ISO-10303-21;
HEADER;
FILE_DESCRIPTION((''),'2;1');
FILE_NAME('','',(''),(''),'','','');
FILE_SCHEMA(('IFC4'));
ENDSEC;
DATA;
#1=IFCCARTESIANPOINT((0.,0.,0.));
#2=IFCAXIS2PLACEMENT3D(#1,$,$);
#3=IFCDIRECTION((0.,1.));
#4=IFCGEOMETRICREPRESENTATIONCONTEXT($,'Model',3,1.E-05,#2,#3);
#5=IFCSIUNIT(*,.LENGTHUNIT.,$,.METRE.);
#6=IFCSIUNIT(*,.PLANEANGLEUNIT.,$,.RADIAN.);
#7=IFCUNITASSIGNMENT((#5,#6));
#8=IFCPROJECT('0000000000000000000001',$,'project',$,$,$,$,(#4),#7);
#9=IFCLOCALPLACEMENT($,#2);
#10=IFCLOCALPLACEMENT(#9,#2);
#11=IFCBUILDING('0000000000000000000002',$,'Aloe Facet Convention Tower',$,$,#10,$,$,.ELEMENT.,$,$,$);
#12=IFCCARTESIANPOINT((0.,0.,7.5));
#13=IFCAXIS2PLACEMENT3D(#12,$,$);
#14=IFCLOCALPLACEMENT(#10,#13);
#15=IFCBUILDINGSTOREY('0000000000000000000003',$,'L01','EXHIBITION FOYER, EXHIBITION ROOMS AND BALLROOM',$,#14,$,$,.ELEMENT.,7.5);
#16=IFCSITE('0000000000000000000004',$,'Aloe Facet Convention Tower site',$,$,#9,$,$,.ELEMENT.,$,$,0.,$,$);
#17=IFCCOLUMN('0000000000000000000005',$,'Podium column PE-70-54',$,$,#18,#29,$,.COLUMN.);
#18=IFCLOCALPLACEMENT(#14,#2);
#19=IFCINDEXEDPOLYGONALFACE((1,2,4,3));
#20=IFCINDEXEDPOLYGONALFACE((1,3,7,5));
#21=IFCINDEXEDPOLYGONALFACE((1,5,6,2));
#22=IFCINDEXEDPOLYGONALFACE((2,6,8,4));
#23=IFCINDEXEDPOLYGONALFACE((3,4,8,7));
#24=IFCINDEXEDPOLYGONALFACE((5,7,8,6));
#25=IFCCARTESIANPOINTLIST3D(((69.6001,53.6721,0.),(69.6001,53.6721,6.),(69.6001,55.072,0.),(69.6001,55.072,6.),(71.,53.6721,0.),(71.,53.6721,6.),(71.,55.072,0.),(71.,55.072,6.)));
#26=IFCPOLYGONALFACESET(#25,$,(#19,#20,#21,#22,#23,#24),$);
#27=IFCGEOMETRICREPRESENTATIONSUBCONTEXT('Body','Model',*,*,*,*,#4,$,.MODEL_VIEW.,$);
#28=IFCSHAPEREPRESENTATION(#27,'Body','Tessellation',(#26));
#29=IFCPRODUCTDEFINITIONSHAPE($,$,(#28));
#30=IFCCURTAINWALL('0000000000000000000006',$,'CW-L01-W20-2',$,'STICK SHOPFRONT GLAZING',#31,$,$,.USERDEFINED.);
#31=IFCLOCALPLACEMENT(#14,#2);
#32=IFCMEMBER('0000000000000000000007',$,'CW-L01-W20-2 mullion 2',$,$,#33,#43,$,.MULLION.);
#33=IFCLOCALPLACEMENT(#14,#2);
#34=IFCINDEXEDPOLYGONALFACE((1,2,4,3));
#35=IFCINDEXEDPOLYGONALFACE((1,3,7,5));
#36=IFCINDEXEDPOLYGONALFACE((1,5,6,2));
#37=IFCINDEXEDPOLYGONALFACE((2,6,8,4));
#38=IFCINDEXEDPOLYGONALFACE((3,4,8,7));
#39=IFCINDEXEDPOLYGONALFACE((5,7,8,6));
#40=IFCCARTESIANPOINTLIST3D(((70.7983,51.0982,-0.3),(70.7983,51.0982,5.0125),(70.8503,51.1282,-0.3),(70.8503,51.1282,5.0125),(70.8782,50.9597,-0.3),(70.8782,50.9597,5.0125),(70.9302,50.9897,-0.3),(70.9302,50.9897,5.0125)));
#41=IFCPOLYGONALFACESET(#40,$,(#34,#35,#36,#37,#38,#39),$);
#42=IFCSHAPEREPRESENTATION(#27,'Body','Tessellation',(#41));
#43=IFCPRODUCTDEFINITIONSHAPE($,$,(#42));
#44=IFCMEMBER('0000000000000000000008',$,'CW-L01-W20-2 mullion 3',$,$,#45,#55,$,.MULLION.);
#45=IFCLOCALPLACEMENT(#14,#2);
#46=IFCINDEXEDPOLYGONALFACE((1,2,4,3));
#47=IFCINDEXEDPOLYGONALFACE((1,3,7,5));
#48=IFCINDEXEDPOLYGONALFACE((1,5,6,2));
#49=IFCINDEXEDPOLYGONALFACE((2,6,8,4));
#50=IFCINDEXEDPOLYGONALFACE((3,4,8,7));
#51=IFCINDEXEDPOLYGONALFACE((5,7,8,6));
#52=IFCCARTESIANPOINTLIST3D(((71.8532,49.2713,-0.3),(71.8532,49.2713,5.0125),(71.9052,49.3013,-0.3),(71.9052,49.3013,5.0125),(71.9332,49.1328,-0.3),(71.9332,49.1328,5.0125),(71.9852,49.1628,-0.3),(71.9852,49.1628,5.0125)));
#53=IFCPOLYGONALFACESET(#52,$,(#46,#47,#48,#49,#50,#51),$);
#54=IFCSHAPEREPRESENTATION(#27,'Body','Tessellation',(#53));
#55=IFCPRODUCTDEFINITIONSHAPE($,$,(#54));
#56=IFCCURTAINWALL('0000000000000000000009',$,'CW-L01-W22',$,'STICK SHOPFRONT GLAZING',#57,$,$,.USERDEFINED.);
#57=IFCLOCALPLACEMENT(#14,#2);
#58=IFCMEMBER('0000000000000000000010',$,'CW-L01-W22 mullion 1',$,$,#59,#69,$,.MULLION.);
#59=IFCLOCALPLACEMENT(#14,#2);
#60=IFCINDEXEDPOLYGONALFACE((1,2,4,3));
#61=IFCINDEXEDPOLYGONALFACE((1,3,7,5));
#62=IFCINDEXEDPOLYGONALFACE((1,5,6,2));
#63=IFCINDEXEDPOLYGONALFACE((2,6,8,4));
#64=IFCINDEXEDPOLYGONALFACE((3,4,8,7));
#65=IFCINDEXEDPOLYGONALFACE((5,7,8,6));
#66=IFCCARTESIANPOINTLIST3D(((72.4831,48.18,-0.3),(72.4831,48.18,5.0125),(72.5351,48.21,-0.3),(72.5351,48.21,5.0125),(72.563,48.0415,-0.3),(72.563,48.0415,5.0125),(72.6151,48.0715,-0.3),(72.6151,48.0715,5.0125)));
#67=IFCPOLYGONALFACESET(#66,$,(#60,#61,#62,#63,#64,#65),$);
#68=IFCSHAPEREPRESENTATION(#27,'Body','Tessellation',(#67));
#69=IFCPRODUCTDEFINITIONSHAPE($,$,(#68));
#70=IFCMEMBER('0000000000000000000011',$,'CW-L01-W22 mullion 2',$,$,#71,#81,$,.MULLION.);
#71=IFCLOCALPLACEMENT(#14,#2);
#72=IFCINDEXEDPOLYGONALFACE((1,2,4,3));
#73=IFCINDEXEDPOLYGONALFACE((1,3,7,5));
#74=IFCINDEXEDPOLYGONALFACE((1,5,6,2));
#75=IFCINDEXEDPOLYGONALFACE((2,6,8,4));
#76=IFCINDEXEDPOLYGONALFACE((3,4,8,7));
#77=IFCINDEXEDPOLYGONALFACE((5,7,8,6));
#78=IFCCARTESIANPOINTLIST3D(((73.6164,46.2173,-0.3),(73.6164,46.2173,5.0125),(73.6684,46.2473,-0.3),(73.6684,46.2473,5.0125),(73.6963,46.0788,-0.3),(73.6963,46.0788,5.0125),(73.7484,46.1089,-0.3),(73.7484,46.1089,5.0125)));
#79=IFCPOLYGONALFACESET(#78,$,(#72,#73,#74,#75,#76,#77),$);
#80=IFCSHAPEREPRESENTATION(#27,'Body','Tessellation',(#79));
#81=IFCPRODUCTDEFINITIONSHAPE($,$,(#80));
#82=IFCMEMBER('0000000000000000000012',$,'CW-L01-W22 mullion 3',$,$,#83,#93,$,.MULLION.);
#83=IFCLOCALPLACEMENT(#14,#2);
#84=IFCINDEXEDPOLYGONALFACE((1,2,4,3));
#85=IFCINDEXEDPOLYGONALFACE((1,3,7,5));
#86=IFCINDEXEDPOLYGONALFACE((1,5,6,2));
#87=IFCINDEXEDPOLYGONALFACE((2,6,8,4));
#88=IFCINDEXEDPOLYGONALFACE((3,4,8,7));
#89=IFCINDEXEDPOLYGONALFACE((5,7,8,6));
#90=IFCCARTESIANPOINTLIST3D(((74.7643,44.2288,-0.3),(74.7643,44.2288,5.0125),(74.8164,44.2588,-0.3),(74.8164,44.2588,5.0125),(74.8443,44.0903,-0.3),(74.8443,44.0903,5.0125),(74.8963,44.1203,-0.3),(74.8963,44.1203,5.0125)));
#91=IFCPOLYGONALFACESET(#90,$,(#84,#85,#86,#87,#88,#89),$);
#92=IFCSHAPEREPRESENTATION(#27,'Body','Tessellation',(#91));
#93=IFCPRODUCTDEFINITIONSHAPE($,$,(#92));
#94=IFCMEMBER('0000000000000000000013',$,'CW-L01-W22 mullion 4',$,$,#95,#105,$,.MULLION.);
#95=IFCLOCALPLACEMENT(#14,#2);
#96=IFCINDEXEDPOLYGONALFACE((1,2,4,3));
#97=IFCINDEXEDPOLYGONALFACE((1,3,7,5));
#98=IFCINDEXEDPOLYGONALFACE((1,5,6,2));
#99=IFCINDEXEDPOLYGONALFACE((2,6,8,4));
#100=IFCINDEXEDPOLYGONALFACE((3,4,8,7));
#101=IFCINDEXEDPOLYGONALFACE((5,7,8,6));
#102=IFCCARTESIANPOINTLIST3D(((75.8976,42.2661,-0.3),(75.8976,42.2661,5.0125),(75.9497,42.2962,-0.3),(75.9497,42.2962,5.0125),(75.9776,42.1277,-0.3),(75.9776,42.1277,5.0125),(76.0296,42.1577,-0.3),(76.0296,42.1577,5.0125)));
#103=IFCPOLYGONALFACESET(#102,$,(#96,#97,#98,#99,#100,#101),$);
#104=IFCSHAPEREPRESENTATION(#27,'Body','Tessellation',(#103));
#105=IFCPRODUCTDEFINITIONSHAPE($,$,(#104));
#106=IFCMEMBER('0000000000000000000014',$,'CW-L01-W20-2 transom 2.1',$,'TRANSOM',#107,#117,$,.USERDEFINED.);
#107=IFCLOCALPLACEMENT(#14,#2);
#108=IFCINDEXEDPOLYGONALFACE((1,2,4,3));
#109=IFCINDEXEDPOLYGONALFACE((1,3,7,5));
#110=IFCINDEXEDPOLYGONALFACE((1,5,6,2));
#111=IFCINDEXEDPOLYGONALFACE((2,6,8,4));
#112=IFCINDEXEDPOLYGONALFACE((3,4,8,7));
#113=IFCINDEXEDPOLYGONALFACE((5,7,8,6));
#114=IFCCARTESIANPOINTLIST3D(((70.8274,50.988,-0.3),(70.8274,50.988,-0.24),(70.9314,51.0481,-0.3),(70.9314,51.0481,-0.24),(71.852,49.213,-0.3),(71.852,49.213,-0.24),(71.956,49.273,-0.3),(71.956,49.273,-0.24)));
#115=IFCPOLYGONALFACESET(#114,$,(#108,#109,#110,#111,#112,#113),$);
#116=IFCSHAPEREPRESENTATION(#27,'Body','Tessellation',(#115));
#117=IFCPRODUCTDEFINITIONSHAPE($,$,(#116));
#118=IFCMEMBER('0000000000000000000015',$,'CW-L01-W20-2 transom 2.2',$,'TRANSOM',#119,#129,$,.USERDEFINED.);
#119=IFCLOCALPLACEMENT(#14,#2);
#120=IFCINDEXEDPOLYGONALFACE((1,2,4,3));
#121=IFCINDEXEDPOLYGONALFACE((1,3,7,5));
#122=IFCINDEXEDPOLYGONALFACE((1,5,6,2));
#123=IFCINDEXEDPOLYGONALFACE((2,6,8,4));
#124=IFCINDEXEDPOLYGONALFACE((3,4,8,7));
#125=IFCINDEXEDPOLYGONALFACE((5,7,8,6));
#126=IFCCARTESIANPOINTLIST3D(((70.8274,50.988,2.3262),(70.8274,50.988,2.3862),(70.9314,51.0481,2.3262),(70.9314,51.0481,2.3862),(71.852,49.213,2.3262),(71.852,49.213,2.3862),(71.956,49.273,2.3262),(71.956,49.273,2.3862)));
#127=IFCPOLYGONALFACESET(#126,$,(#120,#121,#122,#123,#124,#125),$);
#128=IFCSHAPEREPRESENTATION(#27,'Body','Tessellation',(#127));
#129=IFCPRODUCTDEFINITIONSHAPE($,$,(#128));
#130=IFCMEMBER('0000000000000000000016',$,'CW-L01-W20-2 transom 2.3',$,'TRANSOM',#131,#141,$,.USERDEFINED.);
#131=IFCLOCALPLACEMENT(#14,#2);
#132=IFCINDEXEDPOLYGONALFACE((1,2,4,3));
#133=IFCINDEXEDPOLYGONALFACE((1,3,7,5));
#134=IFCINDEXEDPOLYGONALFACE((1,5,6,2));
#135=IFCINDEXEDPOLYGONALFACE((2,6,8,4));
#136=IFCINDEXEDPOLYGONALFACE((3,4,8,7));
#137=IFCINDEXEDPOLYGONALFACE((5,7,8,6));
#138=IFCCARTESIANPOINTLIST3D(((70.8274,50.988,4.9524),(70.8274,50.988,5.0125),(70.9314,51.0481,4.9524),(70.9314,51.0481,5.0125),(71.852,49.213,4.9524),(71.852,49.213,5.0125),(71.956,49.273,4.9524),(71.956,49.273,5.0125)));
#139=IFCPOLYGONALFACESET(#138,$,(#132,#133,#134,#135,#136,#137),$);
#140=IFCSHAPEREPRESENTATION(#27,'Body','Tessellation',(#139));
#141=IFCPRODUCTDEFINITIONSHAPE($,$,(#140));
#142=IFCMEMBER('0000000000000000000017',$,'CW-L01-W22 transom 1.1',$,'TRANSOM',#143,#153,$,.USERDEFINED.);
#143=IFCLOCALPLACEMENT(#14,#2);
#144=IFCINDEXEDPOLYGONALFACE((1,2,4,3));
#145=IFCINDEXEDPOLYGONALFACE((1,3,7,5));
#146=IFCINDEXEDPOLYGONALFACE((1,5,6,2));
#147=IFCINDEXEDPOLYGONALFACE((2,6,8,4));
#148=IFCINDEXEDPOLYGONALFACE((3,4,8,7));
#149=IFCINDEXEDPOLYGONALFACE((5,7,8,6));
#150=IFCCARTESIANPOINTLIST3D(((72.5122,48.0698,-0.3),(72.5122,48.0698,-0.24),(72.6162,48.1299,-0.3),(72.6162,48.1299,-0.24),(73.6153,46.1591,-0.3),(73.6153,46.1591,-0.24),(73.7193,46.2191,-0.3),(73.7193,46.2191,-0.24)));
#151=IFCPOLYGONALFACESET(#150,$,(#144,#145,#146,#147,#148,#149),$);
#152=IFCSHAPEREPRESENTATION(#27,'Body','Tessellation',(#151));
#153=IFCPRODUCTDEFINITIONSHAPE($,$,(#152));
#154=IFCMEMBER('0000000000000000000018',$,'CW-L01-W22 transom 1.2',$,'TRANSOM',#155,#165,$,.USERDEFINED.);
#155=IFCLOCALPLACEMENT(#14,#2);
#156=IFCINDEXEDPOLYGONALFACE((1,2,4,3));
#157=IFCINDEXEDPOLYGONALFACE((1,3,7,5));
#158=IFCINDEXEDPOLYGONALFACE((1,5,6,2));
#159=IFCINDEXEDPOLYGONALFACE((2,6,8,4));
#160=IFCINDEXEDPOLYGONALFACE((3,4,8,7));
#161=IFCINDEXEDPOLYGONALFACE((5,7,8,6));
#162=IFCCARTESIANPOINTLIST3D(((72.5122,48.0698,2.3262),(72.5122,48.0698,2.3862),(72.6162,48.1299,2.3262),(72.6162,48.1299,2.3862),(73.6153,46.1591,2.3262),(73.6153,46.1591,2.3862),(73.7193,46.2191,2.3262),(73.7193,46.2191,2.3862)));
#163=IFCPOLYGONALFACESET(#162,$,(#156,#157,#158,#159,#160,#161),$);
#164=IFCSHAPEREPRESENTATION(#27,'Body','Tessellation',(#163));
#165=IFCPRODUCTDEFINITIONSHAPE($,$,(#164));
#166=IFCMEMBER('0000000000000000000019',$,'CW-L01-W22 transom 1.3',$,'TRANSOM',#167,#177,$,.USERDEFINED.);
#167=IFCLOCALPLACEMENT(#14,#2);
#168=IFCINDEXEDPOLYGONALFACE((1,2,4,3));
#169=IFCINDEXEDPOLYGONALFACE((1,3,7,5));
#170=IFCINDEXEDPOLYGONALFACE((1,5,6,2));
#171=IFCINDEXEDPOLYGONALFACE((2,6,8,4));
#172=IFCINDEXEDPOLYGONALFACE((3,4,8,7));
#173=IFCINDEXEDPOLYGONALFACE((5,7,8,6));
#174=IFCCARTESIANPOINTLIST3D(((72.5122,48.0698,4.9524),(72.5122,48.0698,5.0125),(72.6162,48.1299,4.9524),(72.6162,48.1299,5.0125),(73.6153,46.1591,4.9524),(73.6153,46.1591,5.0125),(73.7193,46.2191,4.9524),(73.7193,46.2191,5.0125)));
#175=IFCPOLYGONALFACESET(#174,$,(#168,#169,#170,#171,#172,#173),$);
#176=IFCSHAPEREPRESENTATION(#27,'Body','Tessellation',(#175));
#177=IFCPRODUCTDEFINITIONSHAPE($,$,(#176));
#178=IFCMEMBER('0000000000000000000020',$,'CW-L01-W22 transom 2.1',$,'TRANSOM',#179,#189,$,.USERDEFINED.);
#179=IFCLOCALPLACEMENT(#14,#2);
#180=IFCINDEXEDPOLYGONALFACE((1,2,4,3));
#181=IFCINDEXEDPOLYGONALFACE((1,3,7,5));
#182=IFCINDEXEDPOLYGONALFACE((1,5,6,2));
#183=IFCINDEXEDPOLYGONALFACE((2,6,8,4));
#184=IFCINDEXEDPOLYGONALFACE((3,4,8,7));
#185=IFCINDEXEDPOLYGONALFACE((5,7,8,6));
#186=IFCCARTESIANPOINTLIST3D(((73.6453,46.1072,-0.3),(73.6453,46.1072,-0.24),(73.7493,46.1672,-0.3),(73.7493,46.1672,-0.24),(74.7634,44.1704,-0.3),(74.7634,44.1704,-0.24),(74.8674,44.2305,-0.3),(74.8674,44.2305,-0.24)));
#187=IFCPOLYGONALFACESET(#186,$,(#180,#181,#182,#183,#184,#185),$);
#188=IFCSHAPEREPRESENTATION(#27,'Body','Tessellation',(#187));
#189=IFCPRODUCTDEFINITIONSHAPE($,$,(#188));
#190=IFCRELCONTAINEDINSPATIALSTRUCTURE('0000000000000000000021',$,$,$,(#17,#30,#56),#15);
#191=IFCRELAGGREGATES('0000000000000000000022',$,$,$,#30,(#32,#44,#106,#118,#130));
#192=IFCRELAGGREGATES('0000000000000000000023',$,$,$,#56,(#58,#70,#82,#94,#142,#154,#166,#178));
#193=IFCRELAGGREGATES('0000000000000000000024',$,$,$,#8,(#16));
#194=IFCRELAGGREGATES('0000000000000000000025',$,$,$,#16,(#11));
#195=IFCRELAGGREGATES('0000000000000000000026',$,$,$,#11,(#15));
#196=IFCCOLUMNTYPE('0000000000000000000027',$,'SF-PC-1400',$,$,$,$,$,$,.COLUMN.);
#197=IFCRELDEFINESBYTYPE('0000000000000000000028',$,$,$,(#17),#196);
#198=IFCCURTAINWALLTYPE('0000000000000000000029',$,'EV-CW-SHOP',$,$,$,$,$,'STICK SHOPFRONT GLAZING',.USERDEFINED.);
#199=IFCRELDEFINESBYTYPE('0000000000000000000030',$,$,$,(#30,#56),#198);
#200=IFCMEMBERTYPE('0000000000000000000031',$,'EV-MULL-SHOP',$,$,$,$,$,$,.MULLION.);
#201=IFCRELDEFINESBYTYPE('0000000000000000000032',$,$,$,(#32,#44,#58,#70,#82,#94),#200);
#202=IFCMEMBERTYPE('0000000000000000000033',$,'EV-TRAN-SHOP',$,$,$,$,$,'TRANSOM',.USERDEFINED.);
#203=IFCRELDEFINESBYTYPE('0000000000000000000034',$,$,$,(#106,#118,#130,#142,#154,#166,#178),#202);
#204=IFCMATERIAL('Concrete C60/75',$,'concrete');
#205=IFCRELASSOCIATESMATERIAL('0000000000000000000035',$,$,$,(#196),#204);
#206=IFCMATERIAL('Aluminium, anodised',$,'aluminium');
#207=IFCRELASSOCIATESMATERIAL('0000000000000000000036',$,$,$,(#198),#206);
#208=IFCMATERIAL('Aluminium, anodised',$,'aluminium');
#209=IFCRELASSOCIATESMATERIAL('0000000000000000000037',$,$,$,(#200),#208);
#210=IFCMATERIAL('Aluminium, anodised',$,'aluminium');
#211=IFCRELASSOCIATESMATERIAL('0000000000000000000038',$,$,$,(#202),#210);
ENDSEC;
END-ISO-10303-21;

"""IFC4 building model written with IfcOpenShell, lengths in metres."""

from ifc_helpers import new_model, si_unit, direction, frame, origin, origin_2d, place, context, subcontext, project, spatial, rectangle, extrude, material, material_profile, profile_set, type_object, element, aggregate, save


model = new_model("IFC4")

# Units and contexts
model_context = context("Model", 3, precision=1e-05, world=origin(), true_north=direction((0.0, 1.0)))
body_context = subcontext(model_context, "Body", "Model", "MODEL_VIEW")
ifc_project = project(units=[si_unit("LENGTHUNIT", "METRE"), si_unit("PLANEANGLEUNIT", "RADIAN")], contexts=[model_context])

# Site, building, storey
site_placement = place(None, origin())
site = spatial("IfcSite", under=ifc_project, at=site_placement, Name="Aloe Facet Convention Tower site", CompositionType="ELEMENT", RefElevation=0.0)
building_placement = place(site_placement, origin())
building = spatial("IfcBuilding", under=site, at=building_placement, Name="Aloe Facet Convention Tower", CompositionType="ELEMENT")
storey_placement = place(building_placement, frame((0.0, 0.0, 7.5)))
storey = spatial("IfcBuildingStorey", under=building, at=storey_placement, Name="L01", Description="EXHIBITION FOYER, EXHIBITION ROOMS AND BALLROOM", CompositionType="ELEMENT", Elevation=7.5)

# Column
ifc_material_1 = material(Name="Concrete C60/75", Category="concrete")
ifc_material_profile_1 = material_profile(ifc_material_1, rectangle(XDim=1.3999, YDim=1.3999, at=origin_2d()), Name="SF-PC-1400")
ifc_profile_set_1 = profile_set([ifc_material_profile_1], Name="Concrete C60/75")
column_type = type_object("IfcColumnType", Name="SF-PC-1400", PredefinedType="COLUMN", material=ifc_profile_set_1)
column_placement = place(storey_placement, frame((70.3, 54.3721, 0.0), z_axis=(0.0, 0.0, 1.0), x_axis=(1.0, 0.0, 0.0)))
element("IfcColumn", 1, at=column_placement, inside=storey, type_object=column_type, Name="Podium column PE-70-54", PredefinedType="COLUMN", context=body_context, shape_type="SweptSolid", body=[
    extrude(rectangle(XDim=1.3999, YDim=1.3999, at=origin_2d()), origin(), (0.0, 0.0, 1.0), 6.0),
])

# Curtain walls, members
ifc_material_2 = material(Name="Aluminium, anodised", Category="aluminium")
curtain_wall_type = type_object("IfcCurtainWallType", Name="EV-CW-SHOP", ElementType="STICK SHOPFRONT GLAZING", PredefinedType="USERDEFINED", material=ifc_material_2)
curtain_wall_1_placement = place(storey_placement, origin())
curtain_wall_1 = element("IfcCurtainWall", 2, at=curtain_wall_1_placement, inside=storey, type_object=curtain_wall_type, Name="CW-L01-W20-2", ObjectType="STICK SHOPFRONT GLAZING", PredefinedType="USERDEFINED")
ifc_material_3 = material(Name="Aluminium, anodised", Category="aluminium")
ifc_material_profile_2 = material_profile(ifc_material_3, rectangle(XDim=0.0601, YDim=0.1599, at=origin_2d()), Name="AL 60x160")
ifc_profile_set_2 = profile_set([ifc_material_profile_2], Name="Aluminium, anodised")
member_type_1 = type_object("IfcMemberType", Name="EV-MULL-SHOP", PredefinedType="MULLION", material=ifc_profile_set_2)
member_1_placement = place(storey_placement, frame((70.8643, 51.0439, -0.3), z_axis=(0.0, 0.0, 1.0), x_axis=(0.866025, 0.5, 0.0)))
member_1 = element("IfcMember", 3, at=member_1_placement, type_object=member_type_1, Name="CW-L01-W20-2 mullion 2", PredefinedType="MULLION", context=body_context, shape_type="SweptSolid", body=[
    extrude(rectangle(XDim=0.0601, YDim=0.1599, at=origin_2d()), origin(), (0.0, 0.0, 1.0), 5.3125),
])
member_2_placement = place(storey_placement, frame((71.9192, 49.217, -0.3), z_axis=(0.0, 0.0, 1.0), x_axis=(0.866025, 0.5, 0.0)))
member_2 = element("IfcMember", 4, at=member_2_placement, type_object=member_type_1, Name="CW-L01-W20-2 mullion 3", PredefinedType="MULLION", context=body_context, shape_type="SweptSolid", body=[
    extrude(rectangle(XDim=0.0601, YDim=0.1599, at=origin_2d()), origin(), (0.0, 0.0, 1.0), 5.3125),
])
curtain_wall_2_placement = place(storey_placement, origin())
curtain_wall_2 = element("IfcCurtainWall", 5, at=curtain_wall_2_placement, inside=storey, type_object=curtain_wall_type, Name="CW-L01-W22", ObjectType="STICK SHOPFRONT GLAZING", PredefinedType="USERDEFINED")
member_3_placement = place(storey_placement, frame((72.5491, 48.1257, -0.3), z_axis=(0.0, 0.0, 1.0), x_axis=(0.866025, 0.5, 0.0)))
member_3 = element("IfcMember", 6, at=member_3_placement, type_object=member_type_1, Name="CW-L01-W22 mullion 1", PredefinedType="MULLION", context=body_context, shape_type="SweptSolid", body=[
    extrude(rectangle(XDim=0.0601, YDim=0.1599, at=origin_2d()), origin(), (0.0, 0.0, 1.0), 5.3125),
])
member_4_placement = place(storey_placement, frame((73.6824, 46.1631, -0.3), z_axis=(0.0, 0.0, 1.0), x_axis=(0.866025, 0.5, 0.0)))
member_4 = element("IfcMember", 7, at=member_4_placement, type_object=member_type_1, Name="CW-L01-W22 mullion 2", PredefinedType="MULLION", context=body_context, shape_type="SweptSolid", body=[
    extrude(rectangle(XDim=0.0601, YDim=0.1599, at=origin_2d()), origin(), (0.0, 0.0, 1.0), 5.3125),
])
member_5_placement = place(storey_placement, frame((74.8303, 44.1746, -0.3), z_axis=(0.0, 0.0, 1.0), x_axis=(0.866025, 0.5, 0.0)))
member_5 = element("IfcMember", 8, at=member_5_placement, type_object=member_type_1, Name="CW-L01-W22 mullion 3", PredefinedType="MULLION", context=body_context, shape_type="SweptSolid", body=[
    extrude(rectangle(XDim=0.0601, YDim=0.1599, at=origin_2d()), origin(), (0.0, 0.0, 1.0), 5.3125),
])
member_6_placement = place(storey_placement, frame((75.9636, 42.2119, -0.3), z_axis=(0.0, 0.0, 1.0), x_axis=(0.866025, 0.5, 0.0)))
member_6 = element("IfcMember", 9, at=member_6_placement, type_object=member_type_1, Name="CW-L01-W22 mullion 4", PredefinedType="MULLION", context=body_context, shape_type="SweptSolid", body=[
    extrude(rectangle(XDim=0.0601, YDim=0.1599, at=origin_2d()), origin(), (0.0, 0.0, 1.0), 5.3125),
])

# Members
ifc_material_4 = material(Name="Aluminium, anodised", Category="aluminium")
ifc_material_profile_3 = material_profile(ifc_material_4, rectangle(XDim=0.1201, YDim=0.0601, at=origin_2d()), Name="AL 120x60")
ifc_profile_set_3 = profile_set([ifc_material_profile_3], Name="Aluminium, anodised")
member_type_2 = type_object("IfcMemberType", Name="EV-TRAN-SHOP", ElementType="TRANSOM", PredefinedType="USERDEFINED", material=ifc_profile_set_3)
member_7_placement = place(storey_placement, frame((70.8794, 51.0181, -0.27), z_axis=(0.499918, -0.866073, 0.0), x_axis=(0.866073, 0.499918, 0.0)))
member_7 = element("IfcMember", 10, at=member_7_placement, type_object=member_type_2, Name="CW-L01-W20-2 transom 2.1", ObjectType="TRANSOM", PredefinedType="USERDEFINED", context=body_context, shape_type="SweptSolid", body=[
    extrude(rectangle(XDim=0.1201, YDim=0.0601, at=origin_2d()), origin(), (0.0, 0.0, 1.0), 2.0496),
])
member_8_placement = place(storey_placement, frame((70.8794, 51.0181, 2.3562), z_axis=(0.499918, -0.866073, 0.0), x_axis=(0.866073, 0.499918, 0.0)))
member_8 = element("IfcMember", 11, at=member_8_placement, type_object=member_type_2, Name="CW-L01-W20-2 transom 2.2", ObjectType="TRANSOM", PredefinedType="USERDEFINED", context=body_context, shape_type="SweptSolid", body=[
    extrude(rectangle(XDim=0.1201, YDim=0.0601, at=origin_2d()), origin(), (0.0, 0.0, 1.0), 2.0496),
])
member_9_placement = place(storey_placement, frame((70.8794, 51.0181, 4.9824), z_axis=(0.499918, -0.866073, 0.0), x_axis=(0.866073, 0.499918, 0.0)))
member_9 = element("IfcMember", 12, at=member_9_placement, type_object=member_type_2, Name="CW-L01-W20-2 transom 2.3", ObjectType="TRANSOM", PredefinedType="USERDEFINED", context=body_context, shape_type="SweptSolid", body=[
    extrude(rectangle(XDim=0.1201, YDim=0.0601, at=origin_2d()), origin(), (0.0, 0.0, 1.0), 2.0496),
])
member_10_placement = place(storey_placement, frame((72.5642, 48.0999, -0.27), z_axis=(0.499972, -0.866042, 0.0), x_axis=(0.866042, 0.499972, 0.0)))
member_10 = element("IfcMember", 13, at=member_10_placement, type_object=member_type_2, Name="CW-L01-W22 transom 1.1", ObjectType="TRANSOM", PredefinedType="USERDEFINED", context=body_context, shape_type="SweptSolid", body=[
    extrude(rectangle(XDim=0.1201, YDim=0.0601, at=origin_2d()), origin(), (0.0, 0.0, 1.0), 2.2063),
])
member_11_placement = place(storey_placement, frame((72.5642, 48.0999, 2.3562), z_axis=(0.499972, -0.866042, 0.0), x_axis=(0.866042, 0.499972, 0.0)))
member_11 = element("IfcMember", 14, at=member_11_placement, type_object=member_type_2, Name="CW-L01-W22 transom 1.2", ObjectType="TRANSOM", PredefinedType="USERDEFINED", context=body_context, shape_type="SweptSolid", body=[
    extrude(rectangle(XDim=0.1201, YDim=0.0601, at=origin_2d()), origin(), (0.0, 0.0, 1.0), 2.2063),
])
member_12_placement = place(storey_placement, frame((72.5642, 48.0999, 4.9824), z_axis=(0.499972, -0.866042, 0.0), x_axis=(0.866042, 0.499972, 0.0)))
member_12 = element("IfcMember", 15, at=member_12_placement, type_object=member_type_2, Name="CW-L01-W22 transom 1.3", ObjectType="TRANSOM", PredefinedType="USERDEFINED", context=body_context, shape_type="SweptSolid", body=[
    extrude(rectangle(XDim=0.1201, YDim=0.0601, at=origin_2d()), origin(), (0.0, 0.0, 1.0), 2.2063),
])
member_13_placement = place(storey_placement, frame((73.6973, 46.1372, -0.27), z_axis=(0.49999, -0.866031, 0.0), x_axis=(0.866031, 0.49999, 0.0)))
member_13 = element("IfcMember", 16, at=member_13_placement, type_object=member_type_2, Name="CW-L01-W22 transom 2.1", ObjectType="TRANSOM", PredefinedType="USERDEFINED", context=body_context, shape_type="SweptSolid", body=[
    extrude(rectangle(XDim=0.1201, YDim=0.0601, at=origin_2d()), origin(), (0.0, 0.0, 1.0), 2.2363),
])

aggregate(curtain_wall_1, [member_1, member_2, member_7, member_8, member_9])
aggregate(curtain_wall_2, [member_3, member_4, member_5, member_6, member_10, member_11, member_12, member_13])

save(model, "model.ifc")
